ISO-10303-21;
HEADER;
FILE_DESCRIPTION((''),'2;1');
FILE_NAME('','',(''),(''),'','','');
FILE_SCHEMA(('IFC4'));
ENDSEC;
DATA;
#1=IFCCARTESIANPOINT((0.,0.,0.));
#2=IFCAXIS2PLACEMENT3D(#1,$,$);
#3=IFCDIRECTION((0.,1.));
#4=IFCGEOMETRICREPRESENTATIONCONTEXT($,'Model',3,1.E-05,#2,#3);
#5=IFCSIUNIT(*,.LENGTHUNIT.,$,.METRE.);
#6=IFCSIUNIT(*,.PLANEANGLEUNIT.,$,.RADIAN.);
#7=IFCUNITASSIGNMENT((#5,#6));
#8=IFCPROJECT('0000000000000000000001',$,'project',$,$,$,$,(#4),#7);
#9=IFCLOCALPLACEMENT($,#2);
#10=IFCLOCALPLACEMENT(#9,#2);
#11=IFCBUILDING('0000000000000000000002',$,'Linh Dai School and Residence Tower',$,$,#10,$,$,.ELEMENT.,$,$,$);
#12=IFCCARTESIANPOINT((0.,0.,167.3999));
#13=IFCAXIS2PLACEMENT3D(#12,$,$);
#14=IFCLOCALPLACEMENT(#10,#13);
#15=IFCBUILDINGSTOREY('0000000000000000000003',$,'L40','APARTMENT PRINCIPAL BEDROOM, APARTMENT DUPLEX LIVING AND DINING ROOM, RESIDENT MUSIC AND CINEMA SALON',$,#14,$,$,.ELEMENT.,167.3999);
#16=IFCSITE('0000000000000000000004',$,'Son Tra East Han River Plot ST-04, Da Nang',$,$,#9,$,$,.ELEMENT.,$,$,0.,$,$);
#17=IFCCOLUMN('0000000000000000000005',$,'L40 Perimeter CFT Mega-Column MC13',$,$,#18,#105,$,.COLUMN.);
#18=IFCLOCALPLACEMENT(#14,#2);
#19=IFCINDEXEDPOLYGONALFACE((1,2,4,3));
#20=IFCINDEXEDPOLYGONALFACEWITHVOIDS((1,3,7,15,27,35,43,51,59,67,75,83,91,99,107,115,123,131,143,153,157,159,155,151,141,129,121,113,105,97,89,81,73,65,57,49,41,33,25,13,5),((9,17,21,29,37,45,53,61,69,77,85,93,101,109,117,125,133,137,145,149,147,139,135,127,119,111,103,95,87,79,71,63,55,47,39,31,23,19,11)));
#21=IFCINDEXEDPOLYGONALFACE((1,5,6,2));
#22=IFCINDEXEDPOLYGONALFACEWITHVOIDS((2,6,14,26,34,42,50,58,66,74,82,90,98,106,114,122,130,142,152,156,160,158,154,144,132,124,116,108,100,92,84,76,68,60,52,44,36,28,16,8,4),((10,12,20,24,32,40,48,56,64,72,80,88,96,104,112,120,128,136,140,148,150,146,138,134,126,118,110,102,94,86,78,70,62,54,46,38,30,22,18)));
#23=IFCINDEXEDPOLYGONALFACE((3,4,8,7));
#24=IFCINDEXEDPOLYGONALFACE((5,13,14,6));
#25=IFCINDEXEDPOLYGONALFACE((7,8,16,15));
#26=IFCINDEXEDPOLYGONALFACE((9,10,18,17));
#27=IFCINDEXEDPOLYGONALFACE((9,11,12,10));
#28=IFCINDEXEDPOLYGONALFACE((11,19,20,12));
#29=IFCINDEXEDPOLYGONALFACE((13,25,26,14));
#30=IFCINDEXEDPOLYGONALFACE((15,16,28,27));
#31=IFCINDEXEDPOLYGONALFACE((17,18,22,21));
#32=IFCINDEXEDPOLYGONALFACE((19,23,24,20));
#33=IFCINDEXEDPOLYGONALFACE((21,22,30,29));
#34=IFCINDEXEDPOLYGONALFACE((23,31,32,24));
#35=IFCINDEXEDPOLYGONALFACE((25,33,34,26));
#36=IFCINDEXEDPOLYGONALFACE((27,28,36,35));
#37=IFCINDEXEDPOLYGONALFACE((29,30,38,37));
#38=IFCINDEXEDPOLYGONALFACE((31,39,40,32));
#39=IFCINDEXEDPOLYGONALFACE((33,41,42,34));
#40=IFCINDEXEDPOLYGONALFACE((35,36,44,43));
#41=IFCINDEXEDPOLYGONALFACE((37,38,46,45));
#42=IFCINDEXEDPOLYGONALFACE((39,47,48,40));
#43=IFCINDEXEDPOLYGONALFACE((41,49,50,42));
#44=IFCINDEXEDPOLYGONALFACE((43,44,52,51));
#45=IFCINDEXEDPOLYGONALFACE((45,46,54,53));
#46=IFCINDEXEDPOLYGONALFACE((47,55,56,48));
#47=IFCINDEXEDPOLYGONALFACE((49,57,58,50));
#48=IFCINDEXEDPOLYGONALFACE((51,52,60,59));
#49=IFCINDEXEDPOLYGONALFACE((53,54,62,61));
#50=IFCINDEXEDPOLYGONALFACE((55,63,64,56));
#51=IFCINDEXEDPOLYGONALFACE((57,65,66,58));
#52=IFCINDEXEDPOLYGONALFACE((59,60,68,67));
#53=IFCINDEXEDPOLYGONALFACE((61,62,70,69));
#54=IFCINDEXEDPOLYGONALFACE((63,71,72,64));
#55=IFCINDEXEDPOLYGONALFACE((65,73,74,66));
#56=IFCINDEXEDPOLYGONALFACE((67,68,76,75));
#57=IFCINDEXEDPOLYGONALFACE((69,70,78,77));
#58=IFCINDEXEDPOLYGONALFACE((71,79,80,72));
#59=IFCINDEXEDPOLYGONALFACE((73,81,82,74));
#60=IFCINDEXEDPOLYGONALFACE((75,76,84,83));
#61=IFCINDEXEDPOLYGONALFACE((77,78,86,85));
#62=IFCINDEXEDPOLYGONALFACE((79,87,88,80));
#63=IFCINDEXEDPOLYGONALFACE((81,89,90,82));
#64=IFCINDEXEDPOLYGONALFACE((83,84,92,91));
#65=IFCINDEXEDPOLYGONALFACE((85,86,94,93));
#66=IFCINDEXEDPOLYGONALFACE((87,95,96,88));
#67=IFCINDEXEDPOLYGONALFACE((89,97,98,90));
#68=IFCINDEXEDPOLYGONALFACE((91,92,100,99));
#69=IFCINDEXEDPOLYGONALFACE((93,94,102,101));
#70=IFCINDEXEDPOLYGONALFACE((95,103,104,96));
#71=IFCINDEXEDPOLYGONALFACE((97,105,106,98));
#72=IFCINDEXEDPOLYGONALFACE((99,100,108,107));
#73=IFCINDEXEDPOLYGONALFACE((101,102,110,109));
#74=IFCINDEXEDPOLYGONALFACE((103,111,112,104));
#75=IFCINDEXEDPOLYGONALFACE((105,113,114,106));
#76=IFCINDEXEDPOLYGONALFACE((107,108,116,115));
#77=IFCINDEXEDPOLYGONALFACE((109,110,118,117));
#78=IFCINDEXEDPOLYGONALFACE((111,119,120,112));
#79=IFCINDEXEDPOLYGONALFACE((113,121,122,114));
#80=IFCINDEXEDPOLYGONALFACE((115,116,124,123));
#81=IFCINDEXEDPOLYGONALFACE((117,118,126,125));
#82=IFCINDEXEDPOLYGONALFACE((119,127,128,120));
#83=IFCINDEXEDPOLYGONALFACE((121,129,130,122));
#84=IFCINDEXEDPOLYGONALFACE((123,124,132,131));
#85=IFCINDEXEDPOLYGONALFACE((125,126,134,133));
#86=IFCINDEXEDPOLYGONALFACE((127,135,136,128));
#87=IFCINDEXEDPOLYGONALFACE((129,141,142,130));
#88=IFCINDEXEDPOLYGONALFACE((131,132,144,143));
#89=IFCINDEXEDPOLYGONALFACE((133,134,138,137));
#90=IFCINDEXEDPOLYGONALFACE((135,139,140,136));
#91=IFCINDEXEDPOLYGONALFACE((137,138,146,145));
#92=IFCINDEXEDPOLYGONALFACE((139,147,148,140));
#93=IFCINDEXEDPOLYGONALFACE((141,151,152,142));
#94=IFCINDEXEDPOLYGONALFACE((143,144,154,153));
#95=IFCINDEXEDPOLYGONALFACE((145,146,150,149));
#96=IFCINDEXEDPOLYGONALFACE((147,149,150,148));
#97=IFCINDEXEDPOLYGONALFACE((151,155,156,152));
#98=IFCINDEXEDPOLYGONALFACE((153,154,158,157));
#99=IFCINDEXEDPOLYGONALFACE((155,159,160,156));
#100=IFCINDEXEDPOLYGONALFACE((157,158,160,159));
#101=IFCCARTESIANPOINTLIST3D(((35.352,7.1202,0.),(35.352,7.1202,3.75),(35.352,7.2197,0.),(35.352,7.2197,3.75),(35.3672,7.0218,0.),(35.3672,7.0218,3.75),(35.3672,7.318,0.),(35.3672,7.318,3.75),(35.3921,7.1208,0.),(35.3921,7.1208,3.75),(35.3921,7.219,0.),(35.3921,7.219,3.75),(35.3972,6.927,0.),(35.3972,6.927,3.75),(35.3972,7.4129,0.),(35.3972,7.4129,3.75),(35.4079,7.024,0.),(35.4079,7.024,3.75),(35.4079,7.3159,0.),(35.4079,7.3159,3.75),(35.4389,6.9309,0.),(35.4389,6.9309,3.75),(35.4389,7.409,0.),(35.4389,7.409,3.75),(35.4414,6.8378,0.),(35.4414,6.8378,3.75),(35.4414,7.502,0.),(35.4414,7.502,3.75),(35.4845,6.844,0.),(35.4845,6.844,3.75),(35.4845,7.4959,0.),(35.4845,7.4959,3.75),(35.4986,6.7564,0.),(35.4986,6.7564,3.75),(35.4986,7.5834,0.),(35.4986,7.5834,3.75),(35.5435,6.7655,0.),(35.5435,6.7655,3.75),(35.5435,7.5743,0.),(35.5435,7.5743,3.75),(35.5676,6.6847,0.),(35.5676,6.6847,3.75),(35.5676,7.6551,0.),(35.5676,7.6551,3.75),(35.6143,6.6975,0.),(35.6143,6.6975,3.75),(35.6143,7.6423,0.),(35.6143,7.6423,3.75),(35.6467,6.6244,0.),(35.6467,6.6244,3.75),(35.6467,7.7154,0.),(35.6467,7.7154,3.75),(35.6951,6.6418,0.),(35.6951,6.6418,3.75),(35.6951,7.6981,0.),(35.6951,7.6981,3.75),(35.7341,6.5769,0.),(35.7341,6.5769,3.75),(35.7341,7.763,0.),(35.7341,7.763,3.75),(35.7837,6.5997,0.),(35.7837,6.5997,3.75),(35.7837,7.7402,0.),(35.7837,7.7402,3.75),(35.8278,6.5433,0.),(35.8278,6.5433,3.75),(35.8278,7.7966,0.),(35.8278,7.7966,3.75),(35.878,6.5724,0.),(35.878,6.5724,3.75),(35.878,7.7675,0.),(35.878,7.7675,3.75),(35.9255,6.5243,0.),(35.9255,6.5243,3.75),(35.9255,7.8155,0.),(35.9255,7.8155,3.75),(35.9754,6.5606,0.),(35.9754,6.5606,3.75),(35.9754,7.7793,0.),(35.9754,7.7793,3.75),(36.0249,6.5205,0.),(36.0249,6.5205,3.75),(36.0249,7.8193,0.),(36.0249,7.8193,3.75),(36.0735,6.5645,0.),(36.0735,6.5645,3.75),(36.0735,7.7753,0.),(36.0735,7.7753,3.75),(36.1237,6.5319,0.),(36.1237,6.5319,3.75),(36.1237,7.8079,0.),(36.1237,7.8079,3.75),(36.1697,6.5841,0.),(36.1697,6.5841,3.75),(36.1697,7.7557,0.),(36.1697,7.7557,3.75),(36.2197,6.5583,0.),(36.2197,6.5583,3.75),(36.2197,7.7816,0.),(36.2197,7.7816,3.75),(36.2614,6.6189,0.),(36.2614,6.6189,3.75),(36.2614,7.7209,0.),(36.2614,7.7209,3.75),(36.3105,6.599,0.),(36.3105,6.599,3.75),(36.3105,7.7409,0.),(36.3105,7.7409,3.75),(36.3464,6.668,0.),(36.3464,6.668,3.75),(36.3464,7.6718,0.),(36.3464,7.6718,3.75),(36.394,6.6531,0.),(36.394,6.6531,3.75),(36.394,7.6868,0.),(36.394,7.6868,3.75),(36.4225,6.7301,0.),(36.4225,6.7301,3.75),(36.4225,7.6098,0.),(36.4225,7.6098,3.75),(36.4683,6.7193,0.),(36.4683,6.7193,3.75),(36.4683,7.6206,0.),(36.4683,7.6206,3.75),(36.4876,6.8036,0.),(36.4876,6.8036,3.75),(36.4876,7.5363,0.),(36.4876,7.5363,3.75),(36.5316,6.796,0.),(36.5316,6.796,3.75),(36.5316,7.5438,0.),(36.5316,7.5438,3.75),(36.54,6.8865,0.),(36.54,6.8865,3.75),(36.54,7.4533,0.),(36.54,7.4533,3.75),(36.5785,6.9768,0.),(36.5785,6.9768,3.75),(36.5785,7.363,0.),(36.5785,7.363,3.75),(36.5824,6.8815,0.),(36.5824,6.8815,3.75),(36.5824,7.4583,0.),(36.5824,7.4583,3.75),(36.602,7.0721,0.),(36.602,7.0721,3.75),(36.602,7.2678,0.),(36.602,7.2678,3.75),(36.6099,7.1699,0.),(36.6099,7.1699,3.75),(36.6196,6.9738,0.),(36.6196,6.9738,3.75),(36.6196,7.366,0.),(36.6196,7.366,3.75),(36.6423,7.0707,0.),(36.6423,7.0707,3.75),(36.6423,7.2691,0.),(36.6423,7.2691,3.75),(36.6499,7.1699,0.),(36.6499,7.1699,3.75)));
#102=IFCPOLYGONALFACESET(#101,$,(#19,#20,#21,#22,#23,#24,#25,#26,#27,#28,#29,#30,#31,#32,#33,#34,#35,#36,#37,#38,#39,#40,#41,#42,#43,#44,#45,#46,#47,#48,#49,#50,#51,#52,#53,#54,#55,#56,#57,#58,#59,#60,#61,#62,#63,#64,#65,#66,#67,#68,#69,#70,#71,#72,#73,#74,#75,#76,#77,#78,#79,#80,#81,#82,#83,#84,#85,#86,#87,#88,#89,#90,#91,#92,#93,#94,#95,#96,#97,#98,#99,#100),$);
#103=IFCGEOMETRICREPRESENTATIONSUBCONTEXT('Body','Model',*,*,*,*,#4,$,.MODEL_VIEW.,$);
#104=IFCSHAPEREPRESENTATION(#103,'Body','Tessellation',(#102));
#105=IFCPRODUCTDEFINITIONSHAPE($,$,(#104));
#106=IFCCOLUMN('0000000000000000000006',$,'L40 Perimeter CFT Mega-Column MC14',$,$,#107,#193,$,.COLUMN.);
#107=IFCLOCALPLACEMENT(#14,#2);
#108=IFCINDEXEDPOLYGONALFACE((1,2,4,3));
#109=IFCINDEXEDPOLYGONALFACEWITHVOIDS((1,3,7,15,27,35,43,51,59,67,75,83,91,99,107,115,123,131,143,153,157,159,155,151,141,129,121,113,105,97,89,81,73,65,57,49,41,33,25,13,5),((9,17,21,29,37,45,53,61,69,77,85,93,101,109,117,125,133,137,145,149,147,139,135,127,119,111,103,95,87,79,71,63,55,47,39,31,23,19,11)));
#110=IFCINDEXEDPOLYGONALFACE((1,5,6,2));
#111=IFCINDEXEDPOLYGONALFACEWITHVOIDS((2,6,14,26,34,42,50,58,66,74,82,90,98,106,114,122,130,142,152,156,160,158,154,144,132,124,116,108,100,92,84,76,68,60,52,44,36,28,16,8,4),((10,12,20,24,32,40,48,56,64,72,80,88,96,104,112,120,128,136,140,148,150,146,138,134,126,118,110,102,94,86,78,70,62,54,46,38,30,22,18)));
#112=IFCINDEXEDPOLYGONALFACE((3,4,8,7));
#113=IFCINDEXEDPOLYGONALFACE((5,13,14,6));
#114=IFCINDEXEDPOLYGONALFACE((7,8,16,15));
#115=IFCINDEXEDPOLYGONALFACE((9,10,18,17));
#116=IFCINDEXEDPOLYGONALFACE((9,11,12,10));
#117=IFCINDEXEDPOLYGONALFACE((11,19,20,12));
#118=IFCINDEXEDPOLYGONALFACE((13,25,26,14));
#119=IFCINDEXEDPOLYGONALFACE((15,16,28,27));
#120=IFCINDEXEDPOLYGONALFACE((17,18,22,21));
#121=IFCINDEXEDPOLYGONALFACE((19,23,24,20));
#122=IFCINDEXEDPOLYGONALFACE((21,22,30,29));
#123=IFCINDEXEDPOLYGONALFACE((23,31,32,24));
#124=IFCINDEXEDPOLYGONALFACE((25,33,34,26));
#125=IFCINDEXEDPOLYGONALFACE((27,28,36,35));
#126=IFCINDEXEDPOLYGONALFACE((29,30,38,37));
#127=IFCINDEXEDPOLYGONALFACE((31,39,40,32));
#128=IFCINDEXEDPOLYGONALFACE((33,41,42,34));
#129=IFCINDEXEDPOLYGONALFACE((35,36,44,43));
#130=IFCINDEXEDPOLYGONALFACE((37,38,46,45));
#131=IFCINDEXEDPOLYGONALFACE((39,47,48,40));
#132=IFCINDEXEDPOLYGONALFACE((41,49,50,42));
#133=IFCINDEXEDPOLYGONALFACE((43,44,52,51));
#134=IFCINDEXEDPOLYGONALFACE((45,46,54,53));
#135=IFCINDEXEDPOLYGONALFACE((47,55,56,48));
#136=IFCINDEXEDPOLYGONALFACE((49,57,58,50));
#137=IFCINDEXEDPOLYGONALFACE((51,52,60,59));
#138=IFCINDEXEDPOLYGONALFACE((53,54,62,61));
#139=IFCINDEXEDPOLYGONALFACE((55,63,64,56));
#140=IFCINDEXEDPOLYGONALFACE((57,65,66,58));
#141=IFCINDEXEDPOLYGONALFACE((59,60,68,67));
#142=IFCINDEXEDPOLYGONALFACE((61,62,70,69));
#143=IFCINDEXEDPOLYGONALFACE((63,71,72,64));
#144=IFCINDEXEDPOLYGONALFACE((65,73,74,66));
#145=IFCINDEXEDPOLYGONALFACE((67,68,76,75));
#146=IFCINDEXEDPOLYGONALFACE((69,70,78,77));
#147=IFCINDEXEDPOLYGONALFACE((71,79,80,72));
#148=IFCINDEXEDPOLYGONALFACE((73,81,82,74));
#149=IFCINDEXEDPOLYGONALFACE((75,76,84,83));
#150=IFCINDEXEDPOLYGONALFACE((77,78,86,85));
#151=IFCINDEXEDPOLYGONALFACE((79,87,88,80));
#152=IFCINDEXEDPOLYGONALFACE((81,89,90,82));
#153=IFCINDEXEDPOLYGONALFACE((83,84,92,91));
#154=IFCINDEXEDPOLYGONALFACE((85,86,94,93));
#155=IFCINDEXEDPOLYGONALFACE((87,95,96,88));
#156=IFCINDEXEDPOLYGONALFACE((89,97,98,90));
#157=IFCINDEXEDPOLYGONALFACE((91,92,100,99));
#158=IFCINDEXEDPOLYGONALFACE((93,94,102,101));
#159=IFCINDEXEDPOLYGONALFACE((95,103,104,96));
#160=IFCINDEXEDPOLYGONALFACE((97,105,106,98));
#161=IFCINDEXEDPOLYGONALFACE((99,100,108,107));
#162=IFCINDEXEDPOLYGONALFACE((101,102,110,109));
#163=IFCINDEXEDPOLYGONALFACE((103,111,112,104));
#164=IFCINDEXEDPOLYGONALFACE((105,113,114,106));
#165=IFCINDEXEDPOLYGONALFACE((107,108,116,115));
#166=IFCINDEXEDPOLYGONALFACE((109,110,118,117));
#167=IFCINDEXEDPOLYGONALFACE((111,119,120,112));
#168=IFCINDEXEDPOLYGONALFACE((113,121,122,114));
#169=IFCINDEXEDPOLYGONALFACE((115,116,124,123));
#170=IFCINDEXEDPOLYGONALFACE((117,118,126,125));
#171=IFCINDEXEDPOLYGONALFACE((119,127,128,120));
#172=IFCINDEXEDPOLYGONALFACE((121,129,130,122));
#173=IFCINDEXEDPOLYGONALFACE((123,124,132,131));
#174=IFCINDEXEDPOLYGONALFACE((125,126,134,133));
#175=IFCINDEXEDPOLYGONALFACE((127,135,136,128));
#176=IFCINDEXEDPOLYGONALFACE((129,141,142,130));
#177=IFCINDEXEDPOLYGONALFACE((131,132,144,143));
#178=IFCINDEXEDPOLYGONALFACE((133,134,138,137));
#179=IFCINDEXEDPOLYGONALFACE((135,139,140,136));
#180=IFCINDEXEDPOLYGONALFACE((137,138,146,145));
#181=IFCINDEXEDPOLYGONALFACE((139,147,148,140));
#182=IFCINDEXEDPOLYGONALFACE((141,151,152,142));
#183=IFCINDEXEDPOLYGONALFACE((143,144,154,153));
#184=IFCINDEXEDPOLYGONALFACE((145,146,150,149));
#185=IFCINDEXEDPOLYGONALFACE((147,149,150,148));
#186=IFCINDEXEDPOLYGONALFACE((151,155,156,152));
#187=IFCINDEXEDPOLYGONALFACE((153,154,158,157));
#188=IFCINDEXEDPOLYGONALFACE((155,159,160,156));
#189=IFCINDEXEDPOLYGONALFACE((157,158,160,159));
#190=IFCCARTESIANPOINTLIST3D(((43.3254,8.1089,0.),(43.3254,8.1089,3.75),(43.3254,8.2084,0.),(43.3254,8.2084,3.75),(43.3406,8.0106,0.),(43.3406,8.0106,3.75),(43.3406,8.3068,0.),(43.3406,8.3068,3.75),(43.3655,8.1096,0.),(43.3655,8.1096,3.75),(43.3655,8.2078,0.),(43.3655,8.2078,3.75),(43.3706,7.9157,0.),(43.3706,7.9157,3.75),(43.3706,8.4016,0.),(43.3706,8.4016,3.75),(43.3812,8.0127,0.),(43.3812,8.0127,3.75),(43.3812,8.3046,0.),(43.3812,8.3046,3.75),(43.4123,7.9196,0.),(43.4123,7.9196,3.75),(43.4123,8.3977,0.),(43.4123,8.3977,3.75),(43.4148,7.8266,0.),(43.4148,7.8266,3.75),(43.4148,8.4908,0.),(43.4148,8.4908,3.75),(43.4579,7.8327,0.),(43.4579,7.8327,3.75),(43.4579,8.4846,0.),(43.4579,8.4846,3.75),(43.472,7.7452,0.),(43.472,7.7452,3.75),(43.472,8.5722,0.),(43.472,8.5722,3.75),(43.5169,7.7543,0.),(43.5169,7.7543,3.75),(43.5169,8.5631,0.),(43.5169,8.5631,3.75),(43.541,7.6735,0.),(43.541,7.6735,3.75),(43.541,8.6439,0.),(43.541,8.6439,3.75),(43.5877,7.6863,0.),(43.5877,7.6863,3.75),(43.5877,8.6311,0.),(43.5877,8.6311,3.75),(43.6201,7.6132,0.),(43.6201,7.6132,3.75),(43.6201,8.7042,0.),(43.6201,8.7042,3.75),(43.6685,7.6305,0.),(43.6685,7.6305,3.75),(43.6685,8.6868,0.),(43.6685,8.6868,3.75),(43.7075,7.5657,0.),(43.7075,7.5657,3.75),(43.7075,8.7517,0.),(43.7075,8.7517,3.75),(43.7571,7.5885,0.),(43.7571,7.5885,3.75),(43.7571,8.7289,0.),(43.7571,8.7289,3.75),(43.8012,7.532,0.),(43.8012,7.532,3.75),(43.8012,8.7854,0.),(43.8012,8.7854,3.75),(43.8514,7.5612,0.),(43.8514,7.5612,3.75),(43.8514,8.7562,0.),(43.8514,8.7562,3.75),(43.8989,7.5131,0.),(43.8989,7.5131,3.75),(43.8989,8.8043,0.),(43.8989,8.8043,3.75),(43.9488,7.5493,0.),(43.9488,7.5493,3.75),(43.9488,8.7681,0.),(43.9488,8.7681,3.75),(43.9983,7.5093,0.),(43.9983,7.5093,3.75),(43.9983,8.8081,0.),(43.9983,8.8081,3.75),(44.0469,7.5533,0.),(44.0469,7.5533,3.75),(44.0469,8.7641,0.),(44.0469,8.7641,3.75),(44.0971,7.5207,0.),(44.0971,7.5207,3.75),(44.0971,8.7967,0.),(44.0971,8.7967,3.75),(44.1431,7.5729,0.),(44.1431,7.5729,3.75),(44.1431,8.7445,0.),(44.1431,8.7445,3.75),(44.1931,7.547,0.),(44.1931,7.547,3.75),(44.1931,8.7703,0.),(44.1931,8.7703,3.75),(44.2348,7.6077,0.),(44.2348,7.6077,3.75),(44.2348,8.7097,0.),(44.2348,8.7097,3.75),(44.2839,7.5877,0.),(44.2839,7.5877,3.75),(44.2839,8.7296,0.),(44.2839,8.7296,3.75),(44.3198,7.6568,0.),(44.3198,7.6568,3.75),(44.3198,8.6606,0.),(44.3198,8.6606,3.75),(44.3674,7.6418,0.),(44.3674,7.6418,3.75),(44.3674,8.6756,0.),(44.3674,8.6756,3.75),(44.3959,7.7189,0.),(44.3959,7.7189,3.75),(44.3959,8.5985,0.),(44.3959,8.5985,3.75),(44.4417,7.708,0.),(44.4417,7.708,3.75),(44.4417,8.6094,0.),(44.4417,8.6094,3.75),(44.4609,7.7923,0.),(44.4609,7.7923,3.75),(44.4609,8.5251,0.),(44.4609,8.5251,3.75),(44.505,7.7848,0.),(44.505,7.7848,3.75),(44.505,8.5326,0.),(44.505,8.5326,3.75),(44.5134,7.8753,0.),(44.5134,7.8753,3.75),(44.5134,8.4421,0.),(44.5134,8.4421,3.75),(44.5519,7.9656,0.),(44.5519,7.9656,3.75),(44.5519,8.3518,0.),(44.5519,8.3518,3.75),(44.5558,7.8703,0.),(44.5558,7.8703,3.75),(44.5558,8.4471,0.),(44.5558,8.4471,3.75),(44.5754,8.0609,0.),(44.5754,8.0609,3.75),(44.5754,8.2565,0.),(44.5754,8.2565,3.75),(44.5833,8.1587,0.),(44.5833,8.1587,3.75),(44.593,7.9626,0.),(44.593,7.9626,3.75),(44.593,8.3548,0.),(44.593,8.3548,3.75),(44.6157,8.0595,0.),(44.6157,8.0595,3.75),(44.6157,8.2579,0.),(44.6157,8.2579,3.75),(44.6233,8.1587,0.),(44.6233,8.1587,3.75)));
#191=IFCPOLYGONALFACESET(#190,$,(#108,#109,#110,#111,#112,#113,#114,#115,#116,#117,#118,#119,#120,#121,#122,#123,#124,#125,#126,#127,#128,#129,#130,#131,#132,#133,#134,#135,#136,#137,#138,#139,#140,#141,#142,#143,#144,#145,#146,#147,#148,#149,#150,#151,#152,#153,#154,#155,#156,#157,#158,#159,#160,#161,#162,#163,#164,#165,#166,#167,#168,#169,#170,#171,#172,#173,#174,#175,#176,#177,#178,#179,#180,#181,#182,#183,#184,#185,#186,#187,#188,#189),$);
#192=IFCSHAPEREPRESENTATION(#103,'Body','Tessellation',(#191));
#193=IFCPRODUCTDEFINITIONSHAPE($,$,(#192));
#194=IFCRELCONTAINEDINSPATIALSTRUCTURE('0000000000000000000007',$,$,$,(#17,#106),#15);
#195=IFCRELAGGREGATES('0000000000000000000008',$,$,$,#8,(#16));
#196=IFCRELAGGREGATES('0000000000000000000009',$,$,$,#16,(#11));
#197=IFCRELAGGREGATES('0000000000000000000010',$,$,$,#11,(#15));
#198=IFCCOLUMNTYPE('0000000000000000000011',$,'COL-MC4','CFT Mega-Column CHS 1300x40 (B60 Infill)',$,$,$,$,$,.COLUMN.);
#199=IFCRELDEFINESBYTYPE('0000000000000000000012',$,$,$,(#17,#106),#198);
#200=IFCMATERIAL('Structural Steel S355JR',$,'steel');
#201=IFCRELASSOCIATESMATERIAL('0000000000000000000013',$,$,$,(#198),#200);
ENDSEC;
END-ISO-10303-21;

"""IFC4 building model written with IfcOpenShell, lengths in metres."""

from ifc_helpers import new_model, si_unit, direction, frame, origin, origin_2d, place, context, subcontext, project, spatial, hollow_circle, extrude, material, material_profile, profile_set, type_object, element, save


model = new_model("IFC4")

# Units and contexts
model_context = context("Model", 3, precision=1e-05, world=origin(), true_north=direction((0.0, 1.0)))
body_context = subcontext(model_context, "Body", "Model", "MODEL_VIEW")
ifc_project = project(units=[si_unit("LENGTHUNIT", "METRE"), si_unit("PLANEANGLEUNIT", "RADIAN")], contexts=[model_context])

# Site, building, storey
site_placement = place(None, origin())
site = spatial("IfcSite", under=ifc_project, at=site_placement, Name="Son Tra East Han River Plot ST-04, Da Nang", CompositionType="ELEMENT", RefElevation=0.0)
building_placement = place(site_placement, origin())
building = spatial("IfcBuilding", under=site, at=building_placement, Name="Linh Dai School and Residence Tower", CompositionType="ELEMENT")
storey_placement = place(building_placement, frame((0.0, 0.0, 167.3999)))
storey = spatial("IfcBuildingStorey", under=building, at=storey_placement, Name="L40", Description="APARTMENT PRINCIPAL BEDROOM, APARTMENT DUPLEX LIVING AND DINING ROOM, RESIDENT MUSIC AND CINEMA SALON", CompositionType="ELEMENT", Elevation=167.3999)

# Columns
ifc_material_1 = material(Name="Structural Steel S355JR", Category="steel")
ifc_material_profile_1 = material_profile(ifc_material_1, hollow_circle(Radius=0.6499, WallThickness=0.04, at=origin_2d()), Name="CHS 1300x40")
ifc_profile_set_1 = profile_set([ifc_material_profile_1], Name="Structural Steel S355JR")
column_type = type_object("IfcColumnType", Name="COL-MC4", Description="CFT Mega-Column CHS 1300x40 (B60 Infill)", PredefinedType="COLUMN", material=ifc_profile_set_1)
for number, where, z_axis, x_axis, name in (
    (1, (36.0, 7.1699, 0.0), (0.0, 0.0, 1.0), (1.0, 0.0, 0.0), "L40 Perimeter CFT Mega-Column MC13"),
    (2, (43.9734, 8.1587, 0.0), (0.0, 0.0, 1.0), (1.0, 0.0, 0.0), "L40 Perimeter CFT Mega-Column MC14"),
):
    element("IfcColumn", number, at=place(storey_placement, frame(where, z_axis=z_axis, x_axis=x_axis)), inside=storey, type_object=column_type, Name=name, PredefinedType="COLUMN", context=body_context, shape_type="SweptSolid", body=[
        extrude(hollow_circle(Radius=0.6499, WallThickness=0.04, at=origin_2d()), origin(), (0.0, 0.0, 1.0), 3.75),
    ])

save(model, "model.ifc")
